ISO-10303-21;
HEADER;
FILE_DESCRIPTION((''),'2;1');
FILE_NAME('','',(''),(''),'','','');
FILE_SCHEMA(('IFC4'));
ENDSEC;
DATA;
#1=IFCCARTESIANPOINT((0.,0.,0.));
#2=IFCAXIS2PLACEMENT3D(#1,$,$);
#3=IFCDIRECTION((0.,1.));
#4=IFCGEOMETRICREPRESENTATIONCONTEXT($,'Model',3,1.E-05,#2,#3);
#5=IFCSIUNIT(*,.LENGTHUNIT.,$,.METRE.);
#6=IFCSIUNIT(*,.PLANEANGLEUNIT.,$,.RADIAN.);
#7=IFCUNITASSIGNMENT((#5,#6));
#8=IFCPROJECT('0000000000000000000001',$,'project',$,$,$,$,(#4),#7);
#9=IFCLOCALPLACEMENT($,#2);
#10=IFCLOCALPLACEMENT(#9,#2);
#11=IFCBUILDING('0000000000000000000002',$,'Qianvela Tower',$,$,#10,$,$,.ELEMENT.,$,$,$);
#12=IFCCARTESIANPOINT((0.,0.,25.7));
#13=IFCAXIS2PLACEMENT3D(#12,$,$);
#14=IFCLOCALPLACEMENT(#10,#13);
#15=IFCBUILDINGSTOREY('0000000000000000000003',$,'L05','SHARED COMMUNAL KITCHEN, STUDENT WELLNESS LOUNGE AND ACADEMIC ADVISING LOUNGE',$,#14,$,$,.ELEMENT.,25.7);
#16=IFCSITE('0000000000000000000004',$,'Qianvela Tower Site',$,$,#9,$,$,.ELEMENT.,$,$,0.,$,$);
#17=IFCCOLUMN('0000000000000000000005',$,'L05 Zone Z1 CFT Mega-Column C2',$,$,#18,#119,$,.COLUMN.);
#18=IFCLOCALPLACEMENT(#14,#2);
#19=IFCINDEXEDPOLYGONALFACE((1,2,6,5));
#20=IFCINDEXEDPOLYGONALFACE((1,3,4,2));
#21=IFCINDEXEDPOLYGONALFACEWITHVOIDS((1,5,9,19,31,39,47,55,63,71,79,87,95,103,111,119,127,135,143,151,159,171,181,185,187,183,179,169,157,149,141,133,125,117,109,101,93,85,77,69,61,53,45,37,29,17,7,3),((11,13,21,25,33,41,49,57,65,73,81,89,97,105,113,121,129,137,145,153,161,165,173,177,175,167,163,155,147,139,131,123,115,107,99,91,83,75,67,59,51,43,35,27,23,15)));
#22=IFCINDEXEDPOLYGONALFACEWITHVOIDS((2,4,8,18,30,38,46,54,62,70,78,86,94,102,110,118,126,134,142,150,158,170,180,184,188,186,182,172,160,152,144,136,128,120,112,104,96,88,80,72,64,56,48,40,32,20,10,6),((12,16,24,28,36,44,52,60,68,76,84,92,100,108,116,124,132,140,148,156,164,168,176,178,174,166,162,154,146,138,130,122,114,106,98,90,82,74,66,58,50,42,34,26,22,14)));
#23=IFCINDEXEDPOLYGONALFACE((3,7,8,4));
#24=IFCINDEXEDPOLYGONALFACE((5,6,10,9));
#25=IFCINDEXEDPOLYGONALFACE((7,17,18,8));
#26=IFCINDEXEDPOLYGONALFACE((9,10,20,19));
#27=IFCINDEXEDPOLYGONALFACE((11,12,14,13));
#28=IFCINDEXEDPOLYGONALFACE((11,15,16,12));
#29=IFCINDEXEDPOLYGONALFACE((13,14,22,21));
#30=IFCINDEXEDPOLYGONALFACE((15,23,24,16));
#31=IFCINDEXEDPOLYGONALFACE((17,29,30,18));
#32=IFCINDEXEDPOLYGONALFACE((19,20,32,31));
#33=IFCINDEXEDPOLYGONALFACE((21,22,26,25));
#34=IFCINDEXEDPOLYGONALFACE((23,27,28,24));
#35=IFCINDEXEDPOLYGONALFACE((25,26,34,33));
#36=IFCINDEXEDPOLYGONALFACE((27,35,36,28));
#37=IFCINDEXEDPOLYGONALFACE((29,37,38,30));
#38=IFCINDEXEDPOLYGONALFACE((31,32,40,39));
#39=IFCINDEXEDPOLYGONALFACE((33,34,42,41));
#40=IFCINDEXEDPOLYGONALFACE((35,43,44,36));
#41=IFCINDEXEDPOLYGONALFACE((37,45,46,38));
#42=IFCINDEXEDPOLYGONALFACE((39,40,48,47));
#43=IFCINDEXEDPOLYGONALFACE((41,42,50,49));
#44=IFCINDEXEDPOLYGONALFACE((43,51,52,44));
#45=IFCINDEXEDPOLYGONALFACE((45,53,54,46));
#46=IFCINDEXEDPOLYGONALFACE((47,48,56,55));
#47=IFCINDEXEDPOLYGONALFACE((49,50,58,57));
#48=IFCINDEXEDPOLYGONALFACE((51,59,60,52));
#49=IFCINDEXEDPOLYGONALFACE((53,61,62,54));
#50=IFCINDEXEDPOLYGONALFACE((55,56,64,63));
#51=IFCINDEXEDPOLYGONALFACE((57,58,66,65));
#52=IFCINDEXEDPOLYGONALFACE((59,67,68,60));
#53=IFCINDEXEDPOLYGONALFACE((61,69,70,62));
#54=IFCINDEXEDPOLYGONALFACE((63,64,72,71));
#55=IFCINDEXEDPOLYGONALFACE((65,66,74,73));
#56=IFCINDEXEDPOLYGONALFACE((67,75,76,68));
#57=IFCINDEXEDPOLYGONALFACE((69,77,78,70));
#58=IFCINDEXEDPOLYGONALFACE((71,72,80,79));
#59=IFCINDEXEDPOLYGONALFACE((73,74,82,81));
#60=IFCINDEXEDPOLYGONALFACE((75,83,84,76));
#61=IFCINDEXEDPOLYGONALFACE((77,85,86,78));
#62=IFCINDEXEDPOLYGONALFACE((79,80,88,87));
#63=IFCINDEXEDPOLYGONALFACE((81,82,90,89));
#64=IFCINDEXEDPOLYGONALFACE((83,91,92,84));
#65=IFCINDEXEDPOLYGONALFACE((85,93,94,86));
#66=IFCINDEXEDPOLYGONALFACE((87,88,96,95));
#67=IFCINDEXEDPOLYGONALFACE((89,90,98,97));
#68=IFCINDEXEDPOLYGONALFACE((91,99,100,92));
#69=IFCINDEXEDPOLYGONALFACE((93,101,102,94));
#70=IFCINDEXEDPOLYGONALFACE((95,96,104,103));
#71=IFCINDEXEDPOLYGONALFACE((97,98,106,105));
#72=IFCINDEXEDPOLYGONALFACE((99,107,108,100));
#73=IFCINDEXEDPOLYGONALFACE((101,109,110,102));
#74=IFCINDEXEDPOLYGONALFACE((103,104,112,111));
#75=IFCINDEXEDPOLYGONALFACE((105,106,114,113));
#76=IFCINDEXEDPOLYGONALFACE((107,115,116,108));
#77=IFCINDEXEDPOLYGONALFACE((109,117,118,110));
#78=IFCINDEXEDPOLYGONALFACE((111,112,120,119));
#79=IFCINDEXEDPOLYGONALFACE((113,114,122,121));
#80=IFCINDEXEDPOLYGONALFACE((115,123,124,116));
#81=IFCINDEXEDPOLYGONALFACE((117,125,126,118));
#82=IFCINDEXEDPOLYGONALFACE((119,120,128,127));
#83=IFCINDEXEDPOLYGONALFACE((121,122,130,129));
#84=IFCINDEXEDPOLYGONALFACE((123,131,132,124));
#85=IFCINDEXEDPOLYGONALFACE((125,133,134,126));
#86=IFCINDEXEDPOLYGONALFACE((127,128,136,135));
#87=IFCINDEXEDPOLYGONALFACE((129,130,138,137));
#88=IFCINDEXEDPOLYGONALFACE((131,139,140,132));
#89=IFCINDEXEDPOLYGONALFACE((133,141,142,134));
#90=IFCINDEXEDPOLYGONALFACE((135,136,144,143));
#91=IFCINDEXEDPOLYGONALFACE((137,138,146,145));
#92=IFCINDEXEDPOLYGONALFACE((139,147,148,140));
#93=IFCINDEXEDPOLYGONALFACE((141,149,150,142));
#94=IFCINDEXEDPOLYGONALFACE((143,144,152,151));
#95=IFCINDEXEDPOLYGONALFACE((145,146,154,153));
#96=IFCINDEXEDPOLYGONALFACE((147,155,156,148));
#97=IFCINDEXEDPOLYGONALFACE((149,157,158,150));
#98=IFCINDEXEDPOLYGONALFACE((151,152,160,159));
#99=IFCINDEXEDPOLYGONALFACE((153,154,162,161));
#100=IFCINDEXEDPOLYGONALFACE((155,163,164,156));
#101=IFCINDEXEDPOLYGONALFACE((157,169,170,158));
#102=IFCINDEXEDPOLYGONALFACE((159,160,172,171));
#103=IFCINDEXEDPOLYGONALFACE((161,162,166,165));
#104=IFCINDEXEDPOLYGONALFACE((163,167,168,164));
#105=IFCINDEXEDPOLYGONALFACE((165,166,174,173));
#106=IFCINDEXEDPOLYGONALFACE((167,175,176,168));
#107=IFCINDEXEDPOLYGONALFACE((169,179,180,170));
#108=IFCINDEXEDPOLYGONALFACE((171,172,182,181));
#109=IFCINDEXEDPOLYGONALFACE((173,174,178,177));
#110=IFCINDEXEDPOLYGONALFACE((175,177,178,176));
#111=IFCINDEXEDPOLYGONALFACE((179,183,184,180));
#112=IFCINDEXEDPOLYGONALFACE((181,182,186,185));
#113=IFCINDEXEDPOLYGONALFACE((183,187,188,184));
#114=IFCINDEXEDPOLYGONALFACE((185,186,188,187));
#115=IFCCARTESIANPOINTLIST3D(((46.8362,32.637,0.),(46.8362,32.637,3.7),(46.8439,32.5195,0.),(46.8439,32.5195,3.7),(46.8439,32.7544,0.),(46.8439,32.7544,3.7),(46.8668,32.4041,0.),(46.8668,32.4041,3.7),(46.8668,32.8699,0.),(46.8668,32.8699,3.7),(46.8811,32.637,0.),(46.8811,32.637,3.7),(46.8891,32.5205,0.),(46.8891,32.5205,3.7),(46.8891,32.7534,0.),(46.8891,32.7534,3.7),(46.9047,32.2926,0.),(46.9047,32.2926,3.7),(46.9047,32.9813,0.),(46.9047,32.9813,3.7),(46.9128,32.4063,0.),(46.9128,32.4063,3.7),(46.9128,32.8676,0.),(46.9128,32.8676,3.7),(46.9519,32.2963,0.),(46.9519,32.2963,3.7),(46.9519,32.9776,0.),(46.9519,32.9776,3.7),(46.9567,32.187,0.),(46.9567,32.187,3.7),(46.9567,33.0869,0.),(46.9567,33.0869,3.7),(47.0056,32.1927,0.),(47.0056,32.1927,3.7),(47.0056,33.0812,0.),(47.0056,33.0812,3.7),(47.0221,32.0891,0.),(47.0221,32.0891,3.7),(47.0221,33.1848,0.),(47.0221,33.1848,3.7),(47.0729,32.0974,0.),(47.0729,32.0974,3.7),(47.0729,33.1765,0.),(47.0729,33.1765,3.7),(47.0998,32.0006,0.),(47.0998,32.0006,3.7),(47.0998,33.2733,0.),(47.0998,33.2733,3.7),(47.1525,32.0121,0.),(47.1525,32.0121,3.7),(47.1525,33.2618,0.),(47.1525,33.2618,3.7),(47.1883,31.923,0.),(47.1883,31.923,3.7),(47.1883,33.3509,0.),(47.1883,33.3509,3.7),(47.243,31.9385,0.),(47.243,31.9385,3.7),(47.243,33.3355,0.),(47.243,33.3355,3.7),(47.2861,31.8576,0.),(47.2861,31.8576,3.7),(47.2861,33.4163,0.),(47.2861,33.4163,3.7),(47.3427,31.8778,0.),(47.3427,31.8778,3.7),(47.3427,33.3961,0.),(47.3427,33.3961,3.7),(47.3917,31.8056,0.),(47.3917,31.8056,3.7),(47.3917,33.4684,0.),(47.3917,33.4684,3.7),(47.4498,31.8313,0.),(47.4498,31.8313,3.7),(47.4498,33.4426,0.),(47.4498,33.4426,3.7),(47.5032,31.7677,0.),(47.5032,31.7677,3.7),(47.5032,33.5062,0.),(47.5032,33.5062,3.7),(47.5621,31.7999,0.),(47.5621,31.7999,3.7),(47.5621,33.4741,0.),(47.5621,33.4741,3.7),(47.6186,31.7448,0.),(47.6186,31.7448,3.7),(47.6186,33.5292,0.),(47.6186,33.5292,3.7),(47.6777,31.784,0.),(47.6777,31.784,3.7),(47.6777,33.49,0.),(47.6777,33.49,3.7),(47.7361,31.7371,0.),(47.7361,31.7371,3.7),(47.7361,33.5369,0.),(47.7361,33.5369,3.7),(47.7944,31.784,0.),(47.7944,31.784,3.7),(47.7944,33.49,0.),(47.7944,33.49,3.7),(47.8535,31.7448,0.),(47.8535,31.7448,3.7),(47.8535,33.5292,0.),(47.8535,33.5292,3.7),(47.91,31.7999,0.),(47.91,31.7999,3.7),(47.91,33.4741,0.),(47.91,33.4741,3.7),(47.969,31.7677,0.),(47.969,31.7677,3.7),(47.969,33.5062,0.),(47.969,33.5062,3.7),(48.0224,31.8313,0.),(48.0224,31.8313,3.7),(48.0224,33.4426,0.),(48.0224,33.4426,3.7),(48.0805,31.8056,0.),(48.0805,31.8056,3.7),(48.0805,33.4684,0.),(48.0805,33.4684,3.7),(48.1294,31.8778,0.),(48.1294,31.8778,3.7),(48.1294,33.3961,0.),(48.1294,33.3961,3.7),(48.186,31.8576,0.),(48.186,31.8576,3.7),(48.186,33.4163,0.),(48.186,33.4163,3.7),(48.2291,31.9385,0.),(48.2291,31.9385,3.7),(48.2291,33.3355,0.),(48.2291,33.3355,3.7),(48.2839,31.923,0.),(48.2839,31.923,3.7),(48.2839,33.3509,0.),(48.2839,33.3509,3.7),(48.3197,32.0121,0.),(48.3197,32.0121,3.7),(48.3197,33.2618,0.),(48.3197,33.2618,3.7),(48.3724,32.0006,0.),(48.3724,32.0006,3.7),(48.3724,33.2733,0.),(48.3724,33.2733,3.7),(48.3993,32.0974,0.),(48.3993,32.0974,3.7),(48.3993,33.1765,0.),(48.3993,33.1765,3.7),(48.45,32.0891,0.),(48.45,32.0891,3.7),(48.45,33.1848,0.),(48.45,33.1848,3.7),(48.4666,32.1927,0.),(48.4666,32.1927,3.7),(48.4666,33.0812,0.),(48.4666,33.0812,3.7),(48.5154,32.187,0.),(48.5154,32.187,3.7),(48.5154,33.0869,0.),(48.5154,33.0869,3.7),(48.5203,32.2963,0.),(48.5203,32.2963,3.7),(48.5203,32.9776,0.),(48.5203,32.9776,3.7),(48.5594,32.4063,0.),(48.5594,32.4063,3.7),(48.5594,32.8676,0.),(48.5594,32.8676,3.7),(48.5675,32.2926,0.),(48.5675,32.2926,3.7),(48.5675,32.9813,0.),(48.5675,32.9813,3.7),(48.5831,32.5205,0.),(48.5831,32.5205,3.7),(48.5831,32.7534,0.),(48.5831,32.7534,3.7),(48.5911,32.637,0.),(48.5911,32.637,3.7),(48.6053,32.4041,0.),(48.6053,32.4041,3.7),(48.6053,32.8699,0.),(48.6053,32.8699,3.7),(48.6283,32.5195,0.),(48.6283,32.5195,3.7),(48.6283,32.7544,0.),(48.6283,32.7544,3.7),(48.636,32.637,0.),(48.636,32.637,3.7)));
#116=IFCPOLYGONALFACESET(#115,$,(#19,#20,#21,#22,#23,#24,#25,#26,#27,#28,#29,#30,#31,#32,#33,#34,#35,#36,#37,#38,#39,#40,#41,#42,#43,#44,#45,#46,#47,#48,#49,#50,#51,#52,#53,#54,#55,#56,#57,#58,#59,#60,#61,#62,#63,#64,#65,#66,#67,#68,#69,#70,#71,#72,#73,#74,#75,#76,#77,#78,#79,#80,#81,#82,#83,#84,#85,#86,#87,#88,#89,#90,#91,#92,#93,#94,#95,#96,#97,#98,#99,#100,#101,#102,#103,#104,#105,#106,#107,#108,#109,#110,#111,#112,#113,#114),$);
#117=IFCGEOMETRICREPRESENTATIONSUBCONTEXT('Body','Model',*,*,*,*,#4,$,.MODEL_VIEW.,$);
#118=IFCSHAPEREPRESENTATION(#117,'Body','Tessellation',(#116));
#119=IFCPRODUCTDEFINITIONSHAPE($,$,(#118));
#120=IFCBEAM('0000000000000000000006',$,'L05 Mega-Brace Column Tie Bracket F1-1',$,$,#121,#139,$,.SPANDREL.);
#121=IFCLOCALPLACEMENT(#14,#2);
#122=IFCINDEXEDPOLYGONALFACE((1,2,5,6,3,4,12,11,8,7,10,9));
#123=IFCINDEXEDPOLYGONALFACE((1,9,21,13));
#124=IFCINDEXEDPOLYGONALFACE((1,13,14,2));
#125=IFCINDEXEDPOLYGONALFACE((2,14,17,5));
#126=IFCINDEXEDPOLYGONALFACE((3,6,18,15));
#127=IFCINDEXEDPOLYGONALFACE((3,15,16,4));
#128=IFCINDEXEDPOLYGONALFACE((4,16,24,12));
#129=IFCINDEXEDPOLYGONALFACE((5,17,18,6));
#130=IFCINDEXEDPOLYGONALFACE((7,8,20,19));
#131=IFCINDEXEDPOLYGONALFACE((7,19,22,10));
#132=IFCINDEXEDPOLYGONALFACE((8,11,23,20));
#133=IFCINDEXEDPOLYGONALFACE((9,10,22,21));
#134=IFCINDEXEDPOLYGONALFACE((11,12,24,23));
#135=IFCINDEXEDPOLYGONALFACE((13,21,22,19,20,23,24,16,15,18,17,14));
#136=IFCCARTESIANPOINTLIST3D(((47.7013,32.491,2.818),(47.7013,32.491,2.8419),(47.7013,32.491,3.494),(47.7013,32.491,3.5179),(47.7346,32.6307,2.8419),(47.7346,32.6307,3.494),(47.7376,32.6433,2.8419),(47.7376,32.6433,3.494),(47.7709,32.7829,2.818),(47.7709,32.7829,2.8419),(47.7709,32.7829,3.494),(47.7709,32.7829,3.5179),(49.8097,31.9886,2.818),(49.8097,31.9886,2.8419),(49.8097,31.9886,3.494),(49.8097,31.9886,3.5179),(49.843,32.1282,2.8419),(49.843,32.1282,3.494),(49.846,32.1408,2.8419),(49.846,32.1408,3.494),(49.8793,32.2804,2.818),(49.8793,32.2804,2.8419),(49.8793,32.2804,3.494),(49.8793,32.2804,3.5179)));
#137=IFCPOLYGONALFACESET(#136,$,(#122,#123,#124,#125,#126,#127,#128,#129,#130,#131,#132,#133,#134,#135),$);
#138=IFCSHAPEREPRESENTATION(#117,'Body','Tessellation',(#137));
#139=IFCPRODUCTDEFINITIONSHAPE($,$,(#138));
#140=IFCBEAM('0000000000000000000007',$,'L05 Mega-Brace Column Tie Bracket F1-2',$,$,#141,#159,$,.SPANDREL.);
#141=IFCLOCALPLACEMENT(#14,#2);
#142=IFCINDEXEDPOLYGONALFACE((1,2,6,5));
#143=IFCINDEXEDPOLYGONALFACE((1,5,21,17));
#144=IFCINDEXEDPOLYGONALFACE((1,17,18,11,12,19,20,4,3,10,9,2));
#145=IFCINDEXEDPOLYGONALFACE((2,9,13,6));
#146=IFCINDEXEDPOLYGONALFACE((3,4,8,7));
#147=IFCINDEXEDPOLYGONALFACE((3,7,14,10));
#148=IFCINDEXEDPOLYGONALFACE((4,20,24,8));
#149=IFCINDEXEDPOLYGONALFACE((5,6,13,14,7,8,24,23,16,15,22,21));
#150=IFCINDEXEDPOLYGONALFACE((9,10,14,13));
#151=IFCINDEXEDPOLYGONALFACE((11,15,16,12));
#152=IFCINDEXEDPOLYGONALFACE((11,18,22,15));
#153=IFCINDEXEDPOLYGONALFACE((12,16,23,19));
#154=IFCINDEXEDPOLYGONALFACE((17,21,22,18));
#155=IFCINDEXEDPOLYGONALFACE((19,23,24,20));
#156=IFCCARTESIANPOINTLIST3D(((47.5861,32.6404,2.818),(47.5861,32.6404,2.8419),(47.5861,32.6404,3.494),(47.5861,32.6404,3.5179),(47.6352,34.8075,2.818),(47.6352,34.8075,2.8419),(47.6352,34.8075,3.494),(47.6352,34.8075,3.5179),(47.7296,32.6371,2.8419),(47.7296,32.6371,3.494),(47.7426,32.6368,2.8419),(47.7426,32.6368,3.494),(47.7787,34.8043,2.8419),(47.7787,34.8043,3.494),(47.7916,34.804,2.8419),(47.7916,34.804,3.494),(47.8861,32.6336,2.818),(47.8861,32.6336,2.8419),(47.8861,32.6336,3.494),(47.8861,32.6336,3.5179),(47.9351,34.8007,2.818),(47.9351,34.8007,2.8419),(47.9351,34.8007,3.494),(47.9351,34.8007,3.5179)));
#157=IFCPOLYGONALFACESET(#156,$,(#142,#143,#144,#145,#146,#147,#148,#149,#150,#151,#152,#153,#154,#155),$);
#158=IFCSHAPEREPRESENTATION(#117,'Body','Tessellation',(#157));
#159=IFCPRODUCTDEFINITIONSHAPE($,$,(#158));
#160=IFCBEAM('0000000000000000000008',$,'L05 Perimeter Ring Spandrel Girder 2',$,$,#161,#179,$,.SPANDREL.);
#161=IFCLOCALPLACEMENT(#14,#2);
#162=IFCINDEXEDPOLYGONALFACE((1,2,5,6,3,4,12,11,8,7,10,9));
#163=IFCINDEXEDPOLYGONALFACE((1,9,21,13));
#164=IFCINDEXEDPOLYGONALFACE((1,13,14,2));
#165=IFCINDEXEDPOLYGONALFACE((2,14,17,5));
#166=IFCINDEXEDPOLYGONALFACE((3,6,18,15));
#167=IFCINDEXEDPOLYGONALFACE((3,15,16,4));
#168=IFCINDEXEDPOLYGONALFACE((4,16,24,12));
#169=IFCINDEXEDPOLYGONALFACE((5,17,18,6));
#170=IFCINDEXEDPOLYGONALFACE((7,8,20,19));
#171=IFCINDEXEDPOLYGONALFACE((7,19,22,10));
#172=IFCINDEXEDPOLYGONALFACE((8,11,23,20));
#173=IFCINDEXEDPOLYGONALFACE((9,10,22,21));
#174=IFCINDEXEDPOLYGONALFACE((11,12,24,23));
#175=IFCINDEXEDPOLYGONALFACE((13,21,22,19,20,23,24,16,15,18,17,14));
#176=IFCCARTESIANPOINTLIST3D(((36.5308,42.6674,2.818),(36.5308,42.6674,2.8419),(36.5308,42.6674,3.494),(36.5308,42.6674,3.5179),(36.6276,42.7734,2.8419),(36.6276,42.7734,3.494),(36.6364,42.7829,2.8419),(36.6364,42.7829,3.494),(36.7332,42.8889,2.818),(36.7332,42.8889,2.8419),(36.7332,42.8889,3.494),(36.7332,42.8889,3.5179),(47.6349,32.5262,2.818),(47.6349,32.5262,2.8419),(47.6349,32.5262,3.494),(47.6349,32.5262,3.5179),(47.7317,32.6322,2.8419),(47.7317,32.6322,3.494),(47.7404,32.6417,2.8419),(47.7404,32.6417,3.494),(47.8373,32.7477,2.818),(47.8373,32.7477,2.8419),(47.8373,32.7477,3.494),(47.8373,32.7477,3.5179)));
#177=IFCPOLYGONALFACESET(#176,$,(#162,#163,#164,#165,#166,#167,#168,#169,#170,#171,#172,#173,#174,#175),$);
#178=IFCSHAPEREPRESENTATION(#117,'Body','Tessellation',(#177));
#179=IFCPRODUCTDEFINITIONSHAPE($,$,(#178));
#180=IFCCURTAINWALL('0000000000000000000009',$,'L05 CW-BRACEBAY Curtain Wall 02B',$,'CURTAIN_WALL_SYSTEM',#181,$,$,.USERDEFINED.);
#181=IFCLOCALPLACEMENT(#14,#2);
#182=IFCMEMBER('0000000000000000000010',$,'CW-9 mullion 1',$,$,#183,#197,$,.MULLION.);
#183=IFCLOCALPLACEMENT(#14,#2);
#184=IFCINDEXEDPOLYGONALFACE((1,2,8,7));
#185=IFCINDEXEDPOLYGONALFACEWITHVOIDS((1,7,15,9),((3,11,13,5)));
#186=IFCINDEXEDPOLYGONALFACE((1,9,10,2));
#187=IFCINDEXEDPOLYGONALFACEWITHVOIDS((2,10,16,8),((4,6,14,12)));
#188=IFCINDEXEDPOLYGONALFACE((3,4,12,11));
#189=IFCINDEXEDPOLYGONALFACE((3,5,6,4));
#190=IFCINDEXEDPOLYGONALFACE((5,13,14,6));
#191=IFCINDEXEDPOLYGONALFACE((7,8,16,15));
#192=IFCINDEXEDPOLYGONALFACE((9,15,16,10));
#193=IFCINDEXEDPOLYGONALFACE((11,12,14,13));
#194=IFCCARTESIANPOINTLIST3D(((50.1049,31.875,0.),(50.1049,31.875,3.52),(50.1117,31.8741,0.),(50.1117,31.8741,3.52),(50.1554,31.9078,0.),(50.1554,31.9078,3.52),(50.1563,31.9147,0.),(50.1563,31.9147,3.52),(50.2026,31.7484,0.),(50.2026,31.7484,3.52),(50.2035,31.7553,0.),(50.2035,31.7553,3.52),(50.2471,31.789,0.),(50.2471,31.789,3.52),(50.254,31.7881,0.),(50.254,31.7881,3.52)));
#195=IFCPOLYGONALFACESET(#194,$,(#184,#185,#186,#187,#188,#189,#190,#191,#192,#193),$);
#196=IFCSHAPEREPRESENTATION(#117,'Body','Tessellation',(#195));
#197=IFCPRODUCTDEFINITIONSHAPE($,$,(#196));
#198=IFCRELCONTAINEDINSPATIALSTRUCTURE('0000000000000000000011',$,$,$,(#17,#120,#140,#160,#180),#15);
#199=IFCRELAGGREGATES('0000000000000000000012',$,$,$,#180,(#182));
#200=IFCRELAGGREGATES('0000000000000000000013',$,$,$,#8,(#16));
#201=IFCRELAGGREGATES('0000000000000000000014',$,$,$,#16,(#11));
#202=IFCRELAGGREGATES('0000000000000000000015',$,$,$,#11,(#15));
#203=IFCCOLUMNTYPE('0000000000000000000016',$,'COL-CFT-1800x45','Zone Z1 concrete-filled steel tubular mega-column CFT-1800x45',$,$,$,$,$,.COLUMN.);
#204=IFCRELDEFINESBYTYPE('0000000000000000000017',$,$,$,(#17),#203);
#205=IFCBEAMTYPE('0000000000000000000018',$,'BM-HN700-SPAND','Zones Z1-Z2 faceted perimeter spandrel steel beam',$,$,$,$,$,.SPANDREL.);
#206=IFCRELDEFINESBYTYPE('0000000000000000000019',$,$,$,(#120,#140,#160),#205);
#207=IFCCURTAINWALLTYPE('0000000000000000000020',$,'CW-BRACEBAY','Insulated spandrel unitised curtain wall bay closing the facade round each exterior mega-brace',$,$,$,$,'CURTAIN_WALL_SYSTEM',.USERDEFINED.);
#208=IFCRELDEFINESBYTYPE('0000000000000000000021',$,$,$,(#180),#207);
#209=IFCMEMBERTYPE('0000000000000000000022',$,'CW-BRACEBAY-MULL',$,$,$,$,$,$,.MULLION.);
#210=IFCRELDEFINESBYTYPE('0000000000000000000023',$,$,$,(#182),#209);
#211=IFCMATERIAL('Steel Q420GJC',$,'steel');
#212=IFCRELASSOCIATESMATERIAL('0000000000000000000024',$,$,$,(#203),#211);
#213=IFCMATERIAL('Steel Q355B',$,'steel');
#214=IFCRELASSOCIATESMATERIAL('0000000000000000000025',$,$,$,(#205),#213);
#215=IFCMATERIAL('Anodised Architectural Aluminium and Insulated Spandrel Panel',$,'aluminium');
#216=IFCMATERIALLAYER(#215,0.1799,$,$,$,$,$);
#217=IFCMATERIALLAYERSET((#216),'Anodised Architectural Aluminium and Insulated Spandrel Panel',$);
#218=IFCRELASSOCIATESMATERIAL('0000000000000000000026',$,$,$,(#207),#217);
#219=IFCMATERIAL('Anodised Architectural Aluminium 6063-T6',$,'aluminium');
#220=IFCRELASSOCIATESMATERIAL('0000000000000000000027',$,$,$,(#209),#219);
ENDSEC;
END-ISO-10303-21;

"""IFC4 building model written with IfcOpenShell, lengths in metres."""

from ifc_helpers import new_model, si_unit, direction, frame, origin, origin_2d, place, context, subcontext, project, spatial, hollow_rectangle, hollow_circle, i_section, extrude, material, layer, layer_set, material_profile, profile_set, type_object, element, aggregate, save


model = new_model("IFC4")

# Units and contexts
model_context = context("Model", 3, precision=1e-05, world=origin(), true_north=direction((0.0, 1.0)))
body_context = subcontext(model_context, "Body", "Model", "MODEL_VIEW")
ifc_project = project(units=[si_unit("LENGTHUNIT", "METRE"), si_unit("PLANEANGLEUNIT", "RADIAN")], contexts=[model_context])

# Site, building, storey
site_placement = place(None, origin())
site = spatial("IfcSite", under=ifc_project, at=site_placement, Name="Qianvela Tower Site", CompositionType="ELEMENT", RefElevation=0.0)
building_placement = place(site_placement, origin())
building = spatial("IfcBuilding", under=site, at=building_placement, Name="Qianvela Tower", CompositionType="ELEMENT")
storey_placement = place(building_placement, frame((0.0, 0.0, 25.7)))
storey = spatial("IfcBuildingStorey", under=building, at=storey_placement, Name="L05", Description="SHARED COMMUNAL KITCHEN, STUDENT WELLNESS LOUNGE AND ACADEMIC ADVISING LOUNGE", CompositionType="ELEMENT", Elevation=25.7)

# Column
ifc_material_1 = material(Name="Steel Q420GJC", Category="steel")
ifc_material_profile_1 = material_profile(ifc_material_1, hollow_circle(Radius=0.8999, WallThickness=0.0449, at=origin_2d()), Name="CFT-1800x45")
ifc_profile_set_1 = profile_set([ifc_material_profile_1], Name="Steel Q420GJC")
column_type = type_object("IfcColumnType", Name="COL-CFT-1800x45", Description="Zone Z1 concrete-filled steel tubular mega-column CFT-1800x45", PredefinedType="COLUMN", material=ifc_profile_set_1)
column_placement = place(storey_placement, frame((47.7361, 32.637, 0.0), z_axis=(0.0, 0.0, 1.0), x_axis=(1.0, 0.0, 0.0)))
element("IfcColumn", 1, at=column_placement, inside=storey, type_object=column_type, Name="L05 Zone Z1 CFT Mega-Column C2", PredefinedType="COLUMN", context=body_context, shape_type="SweptSolid", body=[
    extrude(hollow_circle(Radius=0.8999, WallThickness=0.0449, at=origin_2d()), origin(), (0.0, 0.0, 1.0), 3.7),
])

# Beams
ifc_material_2 = material(Name="Steel Q355B", Category="steel")
ifc_material_profile_2 = material_profile(ifc_material_2, i_section(OverallWidth=0.3, OverallDepth=0.7, WebThickness=0.0129, FlangeThickness=0.0239, at=origin_2d()), Name="HN700x300x13x24")
ifc_profile_set_2 = profile_set([ifc_material_profile_2], Name="Steel Q355B")
beam_type = type_object("IfcBeamType", Name="BM-HN700-SPAND", Description="Zones Z1-Z2 faceted perimeter spandrel steel beam", PredefinedType="SPANDREL", material=ifc_profile_set_2)
beam_1_placement = place(storey_placement, frame((47.7361, 32.637, 3.168), z_axis=(0.97276, -0.231813, 0.0), x_axis=(0.231813, 0.97276, 0.0)))
element("IfcBeam", 2, at=beam_1_placement, inside=storey, type_object=beam_type, Name="L05 Mega-Brace Column Tie Bracket F1-1", PredefinedType="SPANDREL", context=body_context, shape_type="SweptSolid", body=[
    extrude(i_section(OverallWidth=0.3, OverallDepth=0.7, WebThickness=0.0129, FlangeThickness=0.0239, at=origin_2d()), origin(), (0.0, 0.0, 1.0), 2.1675),
])
beam_2_placement = place(storey_placement, frame((47.7361, 32.637, 3.168), z_axis=(0.022637, 0.999744, 0.0), x_axis=(-0.999744, 0.022637, 0.0)))
element("IfcBeam", 3, at=beam_2_placement, inside=storey, type_object=beam_type, Name="L05 Mega-Brace Column Tie Bracket F1-2", PredefinedType="SPANDREL", context=body_context, shape_type="SweptSolid", body=[
    extrude(i_section(OverallWidth=0.3, OverallDepth=0.7, WebThickness=0.0129, FlangeThickness=0.0239, at=origin_2d()), origin(), (0.0, 0.0, 1.0), 2.1677),
])
beam_3_placement = place(storey_placement, frame((47.7361, 32.637, 3.168), z_axis=(-0.738397, 0.674366, 0.0), x_axis=(-0.674366, -0.738397, 0.0)))
element("IfcBeam", 4, at=beam_3_placement, inside=storey, type_object=beam_type, Name="L05 Perimeter Ring Spandrel Girder 2", PredefinedType="SPANDREL", context=body_context, shape_type="SweptSolid", body=[
    extrude(i_section(OverallWidth=0.3, OverallDepth=0.7, WebThickness=0.0129, FlangeThickness=0.0239, at=origin_2d()), origin(), (0.0, 0.0, 1.0), 15.0381),
])

# Curtain wall, member
ifc_material_3 = material(Name="Anodised Architectural Aluminium and Insulated Spandrel Panel", Category="aluminium")
ifc_layer_1 = layer(ifc_material_3, 0.1799)
ifc_layer_set_1 = layer_set([ifc_layer_1], Name="Anodised Architectural Aluminium and Insulated Spandrel Panel")
curtain_wall_type_1 = type_object("IfcCurtainWallType", Name="CW-BRACEBAY", Description="Insulated spandrel unitised curtain wall bay closing the facade round each exterior mega-brace", ElementType="CURTAIN_WALL_SYSTEM", PredefinedType="USERDEFINED", material=ifc_layer_set_1)
curtain_wall_1_placement = place(storey_placement, origin())
curtain_wall_1 = element("IfcCurtainWall", 5, at=curtain_wall_1_placement, inside=storey, type_object=curtain_wall_type_1, Name="L05 CW-BRACEBAY Curtain Wall 02B", ObjectType="CURTAIN_WALL_SYSTEM", PredefinedType="USERDEFINED")
ifc_material_4 = material(Name="Anodised Architectural Aluminium 6063-T6", Category="aluminium")
ifc_material_profile_3 = material_profile(ifc_material_4, hollow_rectangle(XDim=0.0649, YDim=0.1599, WallThickness=0.0049, at=origin_2d()), Name="ALU-MULL-65x160")
ifc_profile_set_3 = profile_set([ifc_material_profile_3], Name="Anodised Architectural Aluminium 6063-T6")
member_type_1 = type_object("IfcMemberType", Name="CW-BRACEBAY-MULL", PredefinedType="MULLION", material=ifc_profile_set_3)
member_1_placement = place(storey_placement, frame((50.1794, 31.8315, 0.0), z_axis=(0.0, 0.0, 1.0), x_axis=(-0.791778, -0.610808, 0.0)))
member_1 = element("IfcMember", 6, at=member_1_placement, type_object=member_type_1, Name="CW-9 mullion 1", PredefinedType="MULLION", context=body_context, shape_type="SweptSolid", body=[
    extrude(hollow_rectangle(XDim=0.0649, YDim=0.1599, WallThickness=0.0049, at=origin_2d()), origin(), (0.0, 0.0, 1.0), 3.52),
])

aggregate(curtain_wall_1, [member_1])

save(model, "model.ifc")
